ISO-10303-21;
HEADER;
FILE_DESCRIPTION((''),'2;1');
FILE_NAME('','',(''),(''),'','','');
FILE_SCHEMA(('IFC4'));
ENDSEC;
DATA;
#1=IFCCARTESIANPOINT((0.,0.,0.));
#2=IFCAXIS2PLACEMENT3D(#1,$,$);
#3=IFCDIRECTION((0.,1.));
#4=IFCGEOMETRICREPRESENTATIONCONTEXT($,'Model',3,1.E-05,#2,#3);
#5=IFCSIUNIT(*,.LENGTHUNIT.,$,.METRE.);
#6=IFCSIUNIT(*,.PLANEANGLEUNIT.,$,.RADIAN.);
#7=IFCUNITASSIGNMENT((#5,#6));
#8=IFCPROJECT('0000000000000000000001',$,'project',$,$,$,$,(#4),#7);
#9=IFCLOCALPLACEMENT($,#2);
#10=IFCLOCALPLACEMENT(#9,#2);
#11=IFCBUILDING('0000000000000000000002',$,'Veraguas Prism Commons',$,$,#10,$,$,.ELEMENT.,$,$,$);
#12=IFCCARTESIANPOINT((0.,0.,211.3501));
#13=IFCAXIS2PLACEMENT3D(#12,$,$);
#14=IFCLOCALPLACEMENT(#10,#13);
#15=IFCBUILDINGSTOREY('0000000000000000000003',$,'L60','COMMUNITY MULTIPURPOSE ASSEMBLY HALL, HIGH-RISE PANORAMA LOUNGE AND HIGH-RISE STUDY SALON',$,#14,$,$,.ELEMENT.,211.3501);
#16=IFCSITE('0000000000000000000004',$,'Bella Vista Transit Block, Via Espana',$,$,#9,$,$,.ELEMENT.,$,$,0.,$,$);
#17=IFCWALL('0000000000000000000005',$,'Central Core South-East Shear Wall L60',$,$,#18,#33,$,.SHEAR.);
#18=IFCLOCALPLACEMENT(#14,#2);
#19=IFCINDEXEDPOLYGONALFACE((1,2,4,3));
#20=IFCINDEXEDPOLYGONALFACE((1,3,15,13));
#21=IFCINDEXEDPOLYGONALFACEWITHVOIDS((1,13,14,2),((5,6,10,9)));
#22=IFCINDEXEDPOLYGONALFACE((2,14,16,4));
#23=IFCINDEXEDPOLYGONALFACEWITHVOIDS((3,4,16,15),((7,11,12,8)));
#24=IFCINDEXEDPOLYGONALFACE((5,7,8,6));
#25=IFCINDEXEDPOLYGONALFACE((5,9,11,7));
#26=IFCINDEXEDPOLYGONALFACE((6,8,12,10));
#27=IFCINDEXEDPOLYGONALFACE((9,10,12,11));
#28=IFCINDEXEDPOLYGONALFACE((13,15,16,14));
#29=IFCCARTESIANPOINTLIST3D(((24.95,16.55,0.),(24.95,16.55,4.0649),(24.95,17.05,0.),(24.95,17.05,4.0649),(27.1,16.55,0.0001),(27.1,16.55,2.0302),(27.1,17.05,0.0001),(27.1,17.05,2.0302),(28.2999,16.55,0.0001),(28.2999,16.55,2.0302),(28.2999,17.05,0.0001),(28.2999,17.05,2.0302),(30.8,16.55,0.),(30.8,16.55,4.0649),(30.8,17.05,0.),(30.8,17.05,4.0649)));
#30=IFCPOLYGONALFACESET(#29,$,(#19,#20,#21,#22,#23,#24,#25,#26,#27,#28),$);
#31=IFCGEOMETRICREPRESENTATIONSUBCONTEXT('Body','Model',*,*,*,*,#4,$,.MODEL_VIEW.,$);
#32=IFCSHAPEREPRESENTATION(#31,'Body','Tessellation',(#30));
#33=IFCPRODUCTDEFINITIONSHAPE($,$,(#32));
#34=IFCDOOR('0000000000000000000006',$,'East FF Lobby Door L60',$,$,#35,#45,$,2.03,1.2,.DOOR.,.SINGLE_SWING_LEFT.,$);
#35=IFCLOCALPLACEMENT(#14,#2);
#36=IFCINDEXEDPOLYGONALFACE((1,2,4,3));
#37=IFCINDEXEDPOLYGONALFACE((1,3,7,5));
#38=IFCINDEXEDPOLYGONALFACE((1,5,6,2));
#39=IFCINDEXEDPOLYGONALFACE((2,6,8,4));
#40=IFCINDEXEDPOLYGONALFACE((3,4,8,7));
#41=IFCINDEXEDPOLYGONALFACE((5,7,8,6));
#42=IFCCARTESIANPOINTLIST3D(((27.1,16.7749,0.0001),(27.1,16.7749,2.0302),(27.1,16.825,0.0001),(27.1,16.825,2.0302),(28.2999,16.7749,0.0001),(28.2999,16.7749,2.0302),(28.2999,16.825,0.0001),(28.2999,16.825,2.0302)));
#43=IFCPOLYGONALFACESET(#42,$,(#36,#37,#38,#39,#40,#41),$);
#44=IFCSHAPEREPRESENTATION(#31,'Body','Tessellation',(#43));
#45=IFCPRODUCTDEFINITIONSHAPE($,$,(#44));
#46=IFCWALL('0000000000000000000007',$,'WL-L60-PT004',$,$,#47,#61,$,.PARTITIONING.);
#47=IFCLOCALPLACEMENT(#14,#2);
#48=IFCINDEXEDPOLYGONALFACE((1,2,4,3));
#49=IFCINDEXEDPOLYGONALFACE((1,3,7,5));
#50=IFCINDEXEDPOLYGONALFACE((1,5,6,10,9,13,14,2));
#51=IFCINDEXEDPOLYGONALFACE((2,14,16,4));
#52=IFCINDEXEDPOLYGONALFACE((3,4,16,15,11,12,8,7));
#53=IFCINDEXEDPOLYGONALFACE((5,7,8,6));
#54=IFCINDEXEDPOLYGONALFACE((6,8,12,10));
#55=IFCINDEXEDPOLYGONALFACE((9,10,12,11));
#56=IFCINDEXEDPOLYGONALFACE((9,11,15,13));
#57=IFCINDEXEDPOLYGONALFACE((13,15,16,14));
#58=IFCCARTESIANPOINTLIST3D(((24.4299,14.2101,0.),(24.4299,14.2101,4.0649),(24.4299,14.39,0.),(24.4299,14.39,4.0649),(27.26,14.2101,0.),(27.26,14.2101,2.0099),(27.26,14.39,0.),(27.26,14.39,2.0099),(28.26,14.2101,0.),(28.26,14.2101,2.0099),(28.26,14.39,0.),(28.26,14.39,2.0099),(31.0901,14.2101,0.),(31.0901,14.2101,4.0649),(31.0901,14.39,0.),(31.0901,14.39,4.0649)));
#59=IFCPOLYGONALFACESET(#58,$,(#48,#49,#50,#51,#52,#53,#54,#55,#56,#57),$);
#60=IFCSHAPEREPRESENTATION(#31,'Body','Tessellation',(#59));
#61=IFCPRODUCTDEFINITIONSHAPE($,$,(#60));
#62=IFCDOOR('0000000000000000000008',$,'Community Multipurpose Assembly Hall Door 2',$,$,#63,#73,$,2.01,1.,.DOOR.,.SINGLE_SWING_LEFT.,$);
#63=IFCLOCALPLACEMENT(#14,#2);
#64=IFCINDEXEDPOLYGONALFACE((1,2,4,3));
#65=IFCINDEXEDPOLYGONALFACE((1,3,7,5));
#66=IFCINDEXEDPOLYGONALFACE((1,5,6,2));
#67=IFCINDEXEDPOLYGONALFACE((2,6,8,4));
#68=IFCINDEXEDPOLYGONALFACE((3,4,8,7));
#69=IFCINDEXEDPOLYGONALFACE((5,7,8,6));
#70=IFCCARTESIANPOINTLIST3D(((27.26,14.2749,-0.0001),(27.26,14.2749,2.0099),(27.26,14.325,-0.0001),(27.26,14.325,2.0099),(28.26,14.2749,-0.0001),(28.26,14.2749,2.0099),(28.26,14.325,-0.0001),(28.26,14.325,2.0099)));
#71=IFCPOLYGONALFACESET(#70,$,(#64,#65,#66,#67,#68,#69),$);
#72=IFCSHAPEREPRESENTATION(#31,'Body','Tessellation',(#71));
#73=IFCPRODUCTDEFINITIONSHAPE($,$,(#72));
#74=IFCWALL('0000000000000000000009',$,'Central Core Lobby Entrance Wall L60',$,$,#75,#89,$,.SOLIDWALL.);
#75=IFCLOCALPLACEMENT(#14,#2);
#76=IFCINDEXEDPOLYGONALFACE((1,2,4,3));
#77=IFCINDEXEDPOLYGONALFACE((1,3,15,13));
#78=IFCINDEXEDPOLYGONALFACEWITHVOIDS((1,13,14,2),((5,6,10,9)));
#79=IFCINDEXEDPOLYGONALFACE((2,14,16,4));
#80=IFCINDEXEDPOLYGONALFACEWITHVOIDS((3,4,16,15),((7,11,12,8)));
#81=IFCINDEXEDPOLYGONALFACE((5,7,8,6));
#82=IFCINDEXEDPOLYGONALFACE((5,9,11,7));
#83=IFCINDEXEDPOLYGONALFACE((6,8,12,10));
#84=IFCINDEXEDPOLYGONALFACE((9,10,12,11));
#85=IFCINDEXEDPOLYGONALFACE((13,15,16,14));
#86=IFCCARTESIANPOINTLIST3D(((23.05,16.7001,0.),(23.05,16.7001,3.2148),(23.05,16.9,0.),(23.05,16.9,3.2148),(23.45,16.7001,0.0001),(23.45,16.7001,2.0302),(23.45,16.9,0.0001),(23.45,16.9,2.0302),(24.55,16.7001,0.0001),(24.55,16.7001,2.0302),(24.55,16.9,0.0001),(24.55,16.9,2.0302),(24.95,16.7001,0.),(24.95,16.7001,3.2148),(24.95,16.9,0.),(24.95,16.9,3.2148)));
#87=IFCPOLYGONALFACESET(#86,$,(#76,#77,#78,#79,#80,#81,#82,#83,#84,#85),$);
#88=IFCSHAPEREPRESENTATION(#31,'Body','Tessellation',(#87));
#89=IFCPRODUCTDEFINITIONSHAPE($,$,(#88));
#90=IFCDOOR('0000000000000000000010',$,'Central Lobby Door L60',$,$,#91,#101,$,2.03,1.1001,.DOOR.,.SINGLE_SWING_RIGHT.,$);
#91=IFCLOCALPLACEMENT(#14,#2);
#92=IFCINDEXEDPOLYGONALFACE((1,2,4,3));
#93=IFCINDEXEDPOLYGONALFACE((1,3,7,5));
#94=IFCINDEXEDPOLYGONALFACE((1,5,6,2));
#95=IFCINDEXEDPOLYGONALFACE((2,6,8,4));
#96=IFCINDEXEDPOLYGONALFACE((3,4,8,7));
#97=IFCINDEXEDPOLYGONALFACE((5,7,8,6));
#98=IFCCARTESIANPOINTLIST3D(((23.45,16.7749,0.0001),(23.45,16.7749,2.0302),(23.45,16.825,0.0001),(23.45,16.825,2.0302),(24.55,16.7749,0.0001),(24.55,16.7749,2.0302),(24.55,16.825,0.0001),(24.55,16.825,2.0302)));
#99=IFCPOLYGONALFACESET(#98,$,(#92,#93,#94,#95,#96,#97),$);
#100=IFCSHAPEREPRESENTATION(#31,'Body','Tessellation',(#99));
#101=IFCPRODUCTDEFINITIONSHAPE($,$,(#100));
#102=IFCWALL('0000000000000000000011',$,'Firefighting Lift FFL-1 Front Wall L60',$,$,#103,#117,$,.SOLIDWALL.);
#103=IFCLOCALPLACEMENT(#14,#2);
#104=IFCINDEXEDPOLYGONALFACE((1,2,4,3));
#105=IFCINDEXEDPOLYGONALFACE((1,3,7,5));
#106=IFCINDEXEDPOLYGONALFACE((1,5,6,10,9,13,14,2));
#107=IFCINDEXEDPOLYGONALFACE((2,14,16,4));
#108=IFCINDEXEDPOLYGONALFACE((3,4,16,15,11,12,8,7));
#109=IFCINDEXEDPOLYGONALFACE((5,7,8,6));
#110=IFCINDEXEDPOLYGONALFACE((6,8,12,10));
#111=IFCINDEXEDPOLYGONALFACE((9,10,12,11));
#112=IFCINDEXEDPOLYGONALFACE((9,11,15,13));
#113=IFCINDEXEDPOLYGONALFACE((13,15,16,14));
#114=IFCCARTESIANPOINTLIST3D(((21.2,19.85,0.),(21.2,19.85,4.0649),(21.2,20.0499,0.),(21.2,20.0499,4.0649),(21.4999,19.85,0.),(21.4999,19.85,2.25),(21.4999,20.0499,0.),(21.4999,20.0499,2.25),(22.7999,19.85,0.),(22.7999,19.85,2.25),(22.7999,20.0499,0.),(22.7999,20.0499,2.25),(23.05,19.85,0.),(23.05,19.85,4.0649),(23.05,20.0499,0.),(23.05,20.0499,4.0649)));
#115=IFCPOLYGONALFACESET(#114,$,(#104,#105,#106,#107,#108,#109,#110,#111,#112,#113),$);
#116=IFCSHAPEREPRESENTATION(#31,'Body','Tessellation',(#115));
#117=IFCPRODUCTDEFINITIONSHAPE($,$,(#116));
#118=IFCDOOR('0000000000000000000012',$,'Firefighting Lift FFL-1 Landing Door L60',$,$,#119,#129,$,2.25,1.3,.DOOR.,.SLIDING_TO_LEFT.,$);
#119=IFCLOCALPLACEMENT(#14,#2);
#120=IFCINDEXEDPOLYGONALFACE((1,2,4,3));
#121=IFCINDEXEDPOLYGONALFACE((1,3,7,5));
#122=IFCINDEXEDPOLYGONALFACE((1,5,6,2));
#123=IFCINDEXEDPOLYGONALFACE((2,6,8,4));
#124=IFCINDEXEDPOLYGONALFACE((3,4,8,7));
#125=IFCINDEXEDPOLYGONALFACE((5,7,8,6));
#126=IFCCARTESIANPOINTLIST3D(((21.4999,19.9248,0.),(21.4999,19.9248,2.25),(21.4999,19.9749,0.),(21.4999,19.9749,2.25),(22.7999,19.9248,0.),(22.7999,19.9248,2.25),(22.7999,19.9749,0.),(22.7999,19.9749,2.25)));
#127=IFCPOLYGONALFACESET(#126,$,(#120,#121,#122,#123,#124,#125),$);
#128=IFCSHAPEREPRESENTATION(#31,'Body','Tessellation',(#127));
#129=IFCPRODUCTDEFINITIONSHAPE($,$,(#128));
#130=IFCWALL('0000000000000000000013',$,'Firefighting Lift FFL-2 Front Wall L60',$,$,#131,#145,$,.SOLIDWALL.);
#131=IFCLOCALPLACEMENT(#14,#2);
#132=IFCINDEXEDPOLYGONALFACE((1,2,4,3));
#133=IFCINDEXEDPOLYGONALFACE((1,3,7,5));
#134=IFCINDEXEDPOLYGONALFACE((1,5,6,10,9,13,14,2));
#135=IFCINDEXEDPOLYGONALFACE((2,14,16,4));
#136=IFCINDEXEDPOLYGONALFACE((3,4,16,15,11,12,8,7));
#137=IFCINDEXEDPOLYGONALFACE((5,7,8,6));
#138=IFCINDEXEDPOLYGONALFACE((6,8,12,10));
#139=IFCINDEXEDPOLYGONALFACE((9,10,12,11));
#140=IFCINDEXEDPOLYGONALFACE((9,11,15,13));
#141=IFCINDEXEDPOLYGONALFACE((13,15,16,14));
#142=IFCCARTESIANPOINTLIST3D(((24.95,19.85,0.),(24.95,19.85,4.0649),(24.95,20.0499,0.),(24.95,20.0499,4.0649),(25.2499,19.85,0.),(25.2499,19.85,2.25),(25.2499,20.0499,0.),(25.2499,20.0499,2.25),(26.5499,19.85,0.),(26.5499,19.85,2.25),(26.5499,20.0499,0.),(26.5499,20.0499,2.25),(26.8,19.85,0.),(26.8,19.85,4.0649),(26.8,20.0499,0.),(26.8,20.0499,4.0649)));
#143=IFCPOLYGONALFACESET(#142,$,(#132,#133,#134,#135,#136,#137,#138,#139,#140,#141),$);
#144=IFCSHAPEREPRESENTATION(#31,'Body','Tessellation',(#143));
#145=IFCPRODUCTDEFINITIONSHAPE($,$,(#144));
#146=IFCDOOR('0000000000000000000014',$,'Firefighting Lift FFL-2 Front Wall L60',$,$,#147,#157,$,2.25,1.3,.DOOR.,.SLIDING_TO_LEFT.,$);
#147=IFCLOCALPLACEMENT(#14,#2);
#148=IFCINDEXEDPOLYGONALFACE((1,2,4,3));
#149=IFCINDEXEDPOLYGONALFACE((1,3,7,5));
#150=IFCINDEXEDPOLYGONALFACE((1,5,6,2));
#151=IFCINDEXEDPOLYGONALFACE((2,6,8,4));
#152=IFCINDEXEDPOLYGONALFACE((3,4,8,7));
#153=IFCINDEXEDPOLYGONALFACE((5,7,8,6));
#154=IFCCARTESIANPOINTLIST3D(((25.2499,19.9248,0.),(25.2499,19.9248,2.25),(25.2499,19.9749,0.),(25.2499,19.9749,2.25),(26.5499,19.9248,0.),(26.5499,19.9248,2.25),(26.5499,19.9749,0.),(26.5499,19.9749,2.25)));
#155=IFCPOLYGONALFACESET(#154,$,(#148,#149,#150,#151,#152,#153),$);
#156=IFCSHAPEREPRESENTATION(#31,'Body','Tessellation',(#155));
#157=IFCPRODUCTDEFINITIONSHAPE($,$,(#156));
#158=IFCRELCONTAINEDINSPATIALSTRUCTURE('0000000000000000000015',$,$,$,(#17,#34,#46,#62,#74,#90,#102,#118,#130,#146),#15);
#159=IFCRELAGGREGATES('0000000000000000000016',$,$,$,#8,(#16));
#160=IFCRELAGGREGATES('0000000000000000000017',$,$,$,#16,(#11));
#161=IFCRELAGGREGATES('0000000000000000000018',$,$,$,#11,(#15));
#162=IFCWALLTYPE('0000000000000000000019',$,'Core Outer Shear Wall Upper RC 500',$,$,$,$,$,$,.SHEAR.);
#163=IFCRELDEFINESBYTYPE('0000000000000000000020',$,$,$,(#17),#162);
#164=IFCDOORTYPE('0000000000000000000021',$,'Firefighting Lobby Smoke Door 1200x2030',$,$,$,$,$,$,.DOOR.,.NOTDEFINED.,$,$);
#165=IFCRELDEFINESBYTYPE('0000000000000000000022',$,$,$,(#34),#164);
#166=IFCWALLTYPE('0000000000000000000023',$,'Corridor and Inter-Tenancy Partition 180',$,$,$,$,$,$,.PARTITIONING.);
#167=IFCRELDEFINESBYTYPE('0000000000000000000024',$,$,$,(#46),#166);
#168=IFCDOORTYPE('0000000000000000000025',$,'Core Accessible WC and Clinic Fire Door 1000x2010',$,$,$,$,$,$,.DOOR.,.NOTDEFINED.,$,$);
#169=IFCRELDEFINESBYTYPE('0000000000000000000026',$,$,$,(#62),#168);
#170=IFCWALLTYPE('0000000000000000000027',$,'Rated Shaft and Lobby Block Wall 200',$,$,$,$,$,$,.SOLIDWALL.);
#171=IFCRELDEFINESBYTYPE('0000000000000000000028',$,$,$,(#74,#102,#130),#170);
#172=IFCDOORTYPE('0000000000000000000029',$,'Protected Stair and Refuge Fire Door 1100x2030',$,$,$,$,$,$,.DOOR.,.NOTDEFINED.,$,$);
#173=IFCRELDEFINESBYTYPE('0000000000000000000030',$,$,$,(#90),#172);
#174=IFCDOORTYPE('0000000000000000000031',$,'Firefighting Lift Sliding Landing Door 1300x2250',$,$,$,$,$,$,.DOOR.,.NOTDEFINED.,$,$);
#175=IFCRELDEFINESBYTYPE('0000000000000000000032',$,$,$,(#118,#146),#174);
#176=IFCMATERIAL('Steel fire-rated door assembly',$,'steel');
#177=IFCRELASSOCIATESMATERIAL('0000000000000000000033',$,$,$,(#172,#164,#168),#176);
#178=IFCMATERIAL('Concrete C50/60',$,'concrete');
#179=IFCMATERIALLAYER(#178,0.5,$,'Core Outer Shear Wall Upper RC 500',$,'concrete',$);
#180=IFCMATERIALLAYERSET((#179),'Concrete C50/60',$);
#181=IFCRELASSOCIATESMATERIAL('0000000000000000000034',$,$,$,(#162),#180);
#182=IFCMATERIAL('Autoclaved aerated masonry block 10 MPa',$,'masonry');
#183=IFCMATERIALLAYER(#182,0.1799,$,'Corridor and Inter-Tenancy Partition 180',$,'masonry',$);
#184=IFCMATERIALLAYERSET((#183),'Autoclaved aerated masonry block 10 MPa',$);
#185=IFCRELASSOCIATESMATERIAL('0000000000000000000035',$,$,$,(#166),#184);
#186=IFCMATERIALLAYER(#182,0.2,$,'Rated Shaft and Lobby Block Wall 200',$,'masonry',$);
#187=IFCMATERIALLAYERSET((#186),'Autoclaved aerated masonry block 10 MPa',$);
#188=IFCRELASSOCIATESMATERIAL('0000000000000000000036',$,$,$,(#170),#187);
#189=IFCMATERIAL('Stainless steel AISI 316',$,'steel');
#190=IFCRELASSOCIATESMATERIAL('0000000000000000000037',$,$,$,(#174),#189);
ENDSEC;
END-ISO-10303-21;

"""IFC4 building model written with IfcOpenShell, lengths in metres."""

from ifc_helpers import new_model, si_unit, direction, frame, frame_2d, origin, place, context, subcontext, project, spatial, rectangle, extrude, source, transform, mapped, material, layer, layer_set, type_object, element, fill, save


model = new_model("IFC4")

# Units and contexts
model_context = context("Model", 3, precision=1e-05, world=origin(), true_north=direction((0.0, 1.0)))
body_context = subcontext(model_context, "Body", "Model", "MODEL_VIEW")
ifc_project = project(units=[si_unit("LENGTHUNIT", "METRE"), si_unit("PLANEANGLEUNIT", "RADIAN")], contexts=[model_context])

# Site, building, storey
site_placement = place(None, origin())
site = spatial("IfcSite", under=ifc_project, at=site_placement, Name="Bella Vista Transit Block, Via Espana", CompositionType="ELEMENT", RefElevation=0.0)
building_placement = place(site_placement, origin())
building = spatial("IfcBuilding", under=site, at=building_placement, Name="Veraguas Prism Commons", CompositionType="ELEMENT")
storey_placement = place(building_placement, frame((0.0, 0.0, 211.3501)))
storey = spatial("IfcBuildingStorey", under=building, at=storey_placement, Name="L60", Description="COMMUNITY MULTIPURPOSE ASSEMBLY HALL, HIGH-RISE PANORAMA LOUNGE AND HIGH-RISE STUDY SALON", CompositionType="ELEMENT", Elevation=211.3501)

# Shared definitions
ifc_material_1 = material(Name="Concrete C50/60", Category="concrete")

# Shared definitions
ifc_material_2 = material(Name="Steel fire-rated door assembly", Category="steel")
door_type_1 = type_object("IfcDoorType", Name="Protected Stair and Refuge Fire Door 1100x2030", OperationType="NOTDEFINED", PredefinedType="DOOR", material=ifc_material_2)
shared_shape_1 = source(origin(), body_context, "Body", "SweptSolid", [
    extrude(rectangle(XDim=1.1001, YDim=2.03, at=frame_2d((0.55, 1.0151))), frame((0.0, 0.0249, 0.0), z_axis=(0.0, -1.0, 0.0), x_axis=(1.0, 0.0, 0.0)), (0.0, 0.0, 1.0), 0.05),
])

# Walls, openings, doors
ifc_layer_1 = layer(ifc_material_1, 0.5, Name="Core Outer Shear Wall Upper RC 500", Category="concrete")
ifc_layer_set_1 = layer_set([ifc_layer_1], Name="Concrete C50/60")
wall_type_1 = type_object("IfcWallType", Name="Core Outer Shear Wall Upper RC 500", PredefinedType="SHEAR", material=ifc_layer_set_1)
wall_1_placement = place(storey_placement, frame((24.95, 16.8, 0.0), z_axis=(0.0, 0.0, 1.0), x_axis=(1.0, 0.0, 0.0)))
wall_1 = element("IfcWall", 1, at=wall_1_placement, inside=storey, type_object=wall_type_1, Name="Central Core South-East Shear Wall L60", PredefinedType="SHEAR", context=body_context, shape_type="SweptSolid", body=[
    extrude(rectangle(XDim=5.8501, YDim=0.5, at=frame_2d((2.925, 0.0))), origin(), (0.0, 0.0, 1.0), 4.0649),
])
opening_1_placement = place(wall_1_placement, frame((2.1499, 0.0, 0.0)))
opening_1 = element("IfcOpeningElement", 2, at=opening_1_placement, cuts=wall_1, PredefinedType="OPENING", context=body_context, shape_type="SweptSolid", body=[
    extrude(rectangle(XDim=1.2, YDim=2.03, at=frame_2d((0.6001, 1.0151))), frame((0.0, 0.26, 0.0), z_axis=(0.0, -1.0, 0.0), x_axis=(1.0, 0.0, 0.0)), (0.0, 0.0, 1.0), 0.52),
])
door_type_2 = type_object("IfcDoorType", Name="Firefighting Lobby Smoke Door 1200x2030", OperationType="NOTDEFINED", PredefinedType="DOOR", material=ifc_material_2)
shared_shape_2 = source(origin(), body_context, "Body", "SweptSolid", [
    extrude(rectangle(XDim=1.2, YDim=2.03, at=frame_2d((0.6001, 1.0151))), frame((0.0, 0.0249, 0.0), z_axis=(0.0, -1.0, 0.0), x_axis=(1.0, 0.0, 0.0)), (0.0, 0.0, 1.0), 0.05),
])
door_1_placement = place(opening_1_placement, origin())
door_1 = element("IfcDoor", 3, at=door_1_placement, inside=storey, type_object=door_type_2, Name="East FF Lobby Door L60", OperationType="SINGLE_SWING_LEFT", OverallHeight=2.03, OverallWidth=1.2, PredefinedType="DOOR", context=body_context, shape_type="MappedRepresentation", body=[
    mapped(shared_shape_2, transform((0.0, 0.0, 0.0), scale=1.0)),
])
fill(opening_1, door_1)
ifc_material_3 = material(Name="Autoclaved aerated masonry block 10 MPa", Category="masonry")
ifc_layer_2 = layer(ifc_material_3, 0.1799, Name="Corridor and Inter-Tenancy Partition 180", Category="masonry")
ifc_layer_set_2 = layer_set([ifc_layer_2], Name="Autoclaved aerated masonry block 10 MPa")
wall_type_2 = type_object("IfcWallType", Name="Corridor and Inter-Tenancy Partition 180", PredefinedType="PARTITIONING", material=ifc_layer_set_2)
wall_2_placement = place(storey_placement, frame((24.4299, 14.3, 0.0), z_axis=(0.0, 0.0, 1.0), x_axis=(1.0, 0.0, 0.0)))
wall_2 = element("IfcWall", 4, at=wall_2_placement, inside=storey, type_object=wall_type_2, Name="WL-L60-PT004", PredefinedType="PARTITIONING", context=body_context, shape_type="SweptSolid", body=[
    extrude(rectangle(XDim=6.6602, YDim=0.1799, at=frame_2d((3.3301, 0.0))), origin(), (0.0, 0.0, 1.0), 4.0649),
])
opening_2_placement = place(wall_2_placement, frame((2.8301, 0.0, 0.0)))
opening_2 = element("IfcOpeningElement", 5, at=opening_2_placement, cuts=wall_2, PredefinedType="OPENING", context=body_context, shape_type="SweptSolid", body=[
    extrude(rectangle(XDim=1.0, YDim=2.01, at=frame_2d((0.5, 1.0049))), frame((0.0, 0.0999, 0.0), z_axis=(0.0, -1.0, 0.0), x_axis=(1.0, 0.0, 0.0)), (0.0, 0.0, 1.0), 0.2),
])
door_type_3 = type_object("IfcDoorType", Name="Core Accessible WC and Clinic Fire Door 1000x2010", OperationType="NOTDEFINED", PredefinedType="DOOR", material=ifc_material_2)
shared_shape_3 = source(origin(), body_context, "Body", "SweptSolid", [
    extrude(rectangle(XDim=1.0, YDim=2.01, at=frame_2d((0.5, 1.0049))), frame((0.0, 0.0249, 0.0), z_axis=(0.0, -1.0, 0.0), x_axis=(1.0, 0.0, 0.0)), (0.0, 0.0, 1.0), 0.05),
])
door_2_placement = place(opening_2_placement, origin())
door_2 = element("IfcDoor", 6, at=door_2_placement, inside=storey, type_object=door_type_3, Name="Community Multipurpose Assembly Hall Door 2", OperationType="SINGLE_SWING_LEFT", OverallHeight=2.01, OverallWidth=1.0, PredefinedType="DOOR", context=body_context, shape_type="MappedRepresentation", body=[
    mapped(shared_shape_3, transform((0.0, 0.0, 0.0), scale=1.0)),
])
fill(opening_2, door_2)
ifc_layer_3 = layer(ifc_material_3, 0.2, Name="Rated Shaft and Lobby Block Wall 200", Category="masonry")
ifc_layer_set_3 = layer_set([ifc_layer_3], Name="Autoclaved aerated masonry block 10 MPa")
wall_type_3 = type_object("IfcWallType", Name="Rated Shaft and Lobby Block Wall 200", PredefinedType="SOLIDWALL", material=ifc_layer_set_3)
wall_3_placement = place(storey_placement, frame((23.05, 16.8, 0.0), z_axis=(0.0, 0.0, 1.0), x_axis=(1.0, 0.0, 0.0)))
wall_3 = element("IfcWall", 7, at=wall_3_placement, inside=storey, type_object=wall_type_3, Name="Central Core Lobby Entrance Wall L60", PredefinedType="SOLIDWALL", context=body_context, shape_type="SweptSolid", body=[
    extrude(rectangle(XDim=1.8999, YDim=0.2, at=frame_2d((0.95, 0.0))), origin(), (0.0, 0.0, 1.0), 3.2148),
])
opening_3_placement = place(wall_3_placement, frame((0.3999, 0.0, 0.0)))
opening_3 = element("IfcOpeningElement", 8, at=opening_3_placement, cuts=wall_3, PredefinedType="OPENING", context=body_context, shape_type="SweptSolid", body=[
    extrude(rectangle(XDim=1.1001, YDim=2.03, at=frame_2d((0.55, 1.0151))), frame((0.0, 0.1099, 0.0), z_axis=(0.0, -1.0, 0.0), x_axis=(1.0, 0.0, 0.0)), (0.0, 0.0, 1.0), 0.22),
])
door_3_placement = place(opening_3_placement, origin())
door_3 = element("IfcDoor", 9, at=door_3_placement, inside=storey, type_object=door_type_1, Name="Central Lobby Door L60", OperationType="SINGLE_SWING_RIGHT", OverallHeight=2.03, OverallWidth=1.1001, PredefinedType="DOOR", context=body_context, shape_type="MappedRepresentation", body=[
    mapped(shared_shape_1, transform((0.0, 0.0, 0.0), scale=1.0)),
])
fill(opening_3, door_3)
wall_4_placement = place(storey_placement, frame((21.2, 19.95, 0.0), z_axis=(0.0, 0.0, 1.0), x_axis=(1.0, 0.0, 0.0)))
wall_4 = element("IfcWall", 10, at=wall_4_placement, inside=storey, type_object=wall_type_3, Name="Firefighting Lift FFL-1 Front Wall L60", PredefinedType="SOLIDWALL", context=body_context, shape_type="SweptSolid", body=[
    extrude(rectangle(XDim=1.8501, YDim=0.2, at=frame_2d((0.925, 0.0))), origin(), (0.0, 0.0, 1.0), 4.0649),
])
opening_4_placement = place(wall_4_placement, frame((0.3, 0.0, 0.0)))
opening_4 = element("IfcOpeningElement", 11, at=opening_4_placement, cuts=wall_4, PredefinedType="OPENING", context=body_context, shape_type="SweptSolid", body=[
    extrude(rectangle(XDim=1.3, YDim=2.25, at=frame_2d((0.6499, 1.125))), frame((0.0, 0.1099, 0.0), z_axis=(0.0, -1.0, 0.0), x_axis=(1.0, 0.0, 0.0)), (0.0, 0.0, 1.0), 0.22),
])
ifc_material_4 = material(Name="Stainless steel AISI 316", Category="steel")
door_type_4 = type_object("IfcDoorType", Name="Firefighting Lift Sliding Landing Door 1300x2250", OperationType="NOTDEFINED", PredefinedType="DOOR", material=ifc_material_4)
shared_shape_4 = source(origin(), body_context, "Body", "SweptSolid", [
    extrude(rectangle(XDim=1.3, YDim=2.25, at=frame_2d((0.6499, 1.125))), frame((0.0, 0.0249, 0.0), z_axis=(0.0, -1.0, 0.0), x_axis=(1.0, 0.0, 0.0)), (0.0, 0.0, 1.0), 0.05),
])
door_4_placement = place(opening_4_placement, origin())
door_4 = element("IfcDoor", 12, at=door_4_placement, inside=storey, type_object=door_type_4, Name="Firefighting Lift FFL-1 Landing Door L60", OperationType="SLIDING_TO_LEFT", OverallHeight=2.25, OverallWidth=1.3, PredefinedType="DOOR", context=body_context, shape_type="MappedRepresentation", body=[
    mapped(shared_shape_4, transform((0.0, 0.0, 0.0), scale=1.0)),
])
fill(opening_4, door_4)
wall_5_placement = place(storey_placement, frame((24.95, 19.95, 0.0), z_axis=(0.0, 0.0, 1.0), x_axis=(1.0, 0.0, 0.0)))
wall_5 = element("IfcWall", 13, at=wall_5_placement, inside=storey, type_object=wall_type_3, Name="Firefighting Lift FFL-2 Front Wall L60", PredefinedType="SOLIDWALL", context=body_context, shape_type="SweptSolid", body=[
    extrude(rectangle(XDim=1.8501, YDim=0.2, at=frame_2d((0.925, 0.0))), origin(), (0.0, 0.0, 1.0), 4.0649),
])
opening_5_placement = place(wall_5_placement, frame((0.3, 0.0, 0.0)))
opening_5 = element("IfcOpeningElement", 14, at=opening_5_placement, cuts=wall_5, PredefinedType="OPENING", context=body_context, shape_type="SweptSolid", body=[
    extrude(rectangle(XDim=1.3, YDim=2.25, at=frame_2d((0.6499, 1.125))), frame((0.0, 0.1099, 0.0), z_axis=(0.0, -1.0, 0.0), x_axis=(1.0, 0.0, 0.0)), (0.0, 0.0, 1.0), 0.22),
])
door_5_placement = place(opening_5_placement, origin())
door_5 = element("IfcDoor", 15, at=door_5_placement, inside=storey, type_object=door_type_4, Name="Firefighting Lift FFL-2 Front Wall L60", OperationType="SLIDING_TO_LEFT", OverallHeight=2.25, OverallWidth=1.3, PredefinedType="DOOR", context=body_context, shape_type="MappedRepresentation", body=[
    mapped(shared_shape_4, transform((0.0, 0.0, 0.0), scale=1.0)),
])
fill(opening_5, door_5)

save(model, "model.ifc")
